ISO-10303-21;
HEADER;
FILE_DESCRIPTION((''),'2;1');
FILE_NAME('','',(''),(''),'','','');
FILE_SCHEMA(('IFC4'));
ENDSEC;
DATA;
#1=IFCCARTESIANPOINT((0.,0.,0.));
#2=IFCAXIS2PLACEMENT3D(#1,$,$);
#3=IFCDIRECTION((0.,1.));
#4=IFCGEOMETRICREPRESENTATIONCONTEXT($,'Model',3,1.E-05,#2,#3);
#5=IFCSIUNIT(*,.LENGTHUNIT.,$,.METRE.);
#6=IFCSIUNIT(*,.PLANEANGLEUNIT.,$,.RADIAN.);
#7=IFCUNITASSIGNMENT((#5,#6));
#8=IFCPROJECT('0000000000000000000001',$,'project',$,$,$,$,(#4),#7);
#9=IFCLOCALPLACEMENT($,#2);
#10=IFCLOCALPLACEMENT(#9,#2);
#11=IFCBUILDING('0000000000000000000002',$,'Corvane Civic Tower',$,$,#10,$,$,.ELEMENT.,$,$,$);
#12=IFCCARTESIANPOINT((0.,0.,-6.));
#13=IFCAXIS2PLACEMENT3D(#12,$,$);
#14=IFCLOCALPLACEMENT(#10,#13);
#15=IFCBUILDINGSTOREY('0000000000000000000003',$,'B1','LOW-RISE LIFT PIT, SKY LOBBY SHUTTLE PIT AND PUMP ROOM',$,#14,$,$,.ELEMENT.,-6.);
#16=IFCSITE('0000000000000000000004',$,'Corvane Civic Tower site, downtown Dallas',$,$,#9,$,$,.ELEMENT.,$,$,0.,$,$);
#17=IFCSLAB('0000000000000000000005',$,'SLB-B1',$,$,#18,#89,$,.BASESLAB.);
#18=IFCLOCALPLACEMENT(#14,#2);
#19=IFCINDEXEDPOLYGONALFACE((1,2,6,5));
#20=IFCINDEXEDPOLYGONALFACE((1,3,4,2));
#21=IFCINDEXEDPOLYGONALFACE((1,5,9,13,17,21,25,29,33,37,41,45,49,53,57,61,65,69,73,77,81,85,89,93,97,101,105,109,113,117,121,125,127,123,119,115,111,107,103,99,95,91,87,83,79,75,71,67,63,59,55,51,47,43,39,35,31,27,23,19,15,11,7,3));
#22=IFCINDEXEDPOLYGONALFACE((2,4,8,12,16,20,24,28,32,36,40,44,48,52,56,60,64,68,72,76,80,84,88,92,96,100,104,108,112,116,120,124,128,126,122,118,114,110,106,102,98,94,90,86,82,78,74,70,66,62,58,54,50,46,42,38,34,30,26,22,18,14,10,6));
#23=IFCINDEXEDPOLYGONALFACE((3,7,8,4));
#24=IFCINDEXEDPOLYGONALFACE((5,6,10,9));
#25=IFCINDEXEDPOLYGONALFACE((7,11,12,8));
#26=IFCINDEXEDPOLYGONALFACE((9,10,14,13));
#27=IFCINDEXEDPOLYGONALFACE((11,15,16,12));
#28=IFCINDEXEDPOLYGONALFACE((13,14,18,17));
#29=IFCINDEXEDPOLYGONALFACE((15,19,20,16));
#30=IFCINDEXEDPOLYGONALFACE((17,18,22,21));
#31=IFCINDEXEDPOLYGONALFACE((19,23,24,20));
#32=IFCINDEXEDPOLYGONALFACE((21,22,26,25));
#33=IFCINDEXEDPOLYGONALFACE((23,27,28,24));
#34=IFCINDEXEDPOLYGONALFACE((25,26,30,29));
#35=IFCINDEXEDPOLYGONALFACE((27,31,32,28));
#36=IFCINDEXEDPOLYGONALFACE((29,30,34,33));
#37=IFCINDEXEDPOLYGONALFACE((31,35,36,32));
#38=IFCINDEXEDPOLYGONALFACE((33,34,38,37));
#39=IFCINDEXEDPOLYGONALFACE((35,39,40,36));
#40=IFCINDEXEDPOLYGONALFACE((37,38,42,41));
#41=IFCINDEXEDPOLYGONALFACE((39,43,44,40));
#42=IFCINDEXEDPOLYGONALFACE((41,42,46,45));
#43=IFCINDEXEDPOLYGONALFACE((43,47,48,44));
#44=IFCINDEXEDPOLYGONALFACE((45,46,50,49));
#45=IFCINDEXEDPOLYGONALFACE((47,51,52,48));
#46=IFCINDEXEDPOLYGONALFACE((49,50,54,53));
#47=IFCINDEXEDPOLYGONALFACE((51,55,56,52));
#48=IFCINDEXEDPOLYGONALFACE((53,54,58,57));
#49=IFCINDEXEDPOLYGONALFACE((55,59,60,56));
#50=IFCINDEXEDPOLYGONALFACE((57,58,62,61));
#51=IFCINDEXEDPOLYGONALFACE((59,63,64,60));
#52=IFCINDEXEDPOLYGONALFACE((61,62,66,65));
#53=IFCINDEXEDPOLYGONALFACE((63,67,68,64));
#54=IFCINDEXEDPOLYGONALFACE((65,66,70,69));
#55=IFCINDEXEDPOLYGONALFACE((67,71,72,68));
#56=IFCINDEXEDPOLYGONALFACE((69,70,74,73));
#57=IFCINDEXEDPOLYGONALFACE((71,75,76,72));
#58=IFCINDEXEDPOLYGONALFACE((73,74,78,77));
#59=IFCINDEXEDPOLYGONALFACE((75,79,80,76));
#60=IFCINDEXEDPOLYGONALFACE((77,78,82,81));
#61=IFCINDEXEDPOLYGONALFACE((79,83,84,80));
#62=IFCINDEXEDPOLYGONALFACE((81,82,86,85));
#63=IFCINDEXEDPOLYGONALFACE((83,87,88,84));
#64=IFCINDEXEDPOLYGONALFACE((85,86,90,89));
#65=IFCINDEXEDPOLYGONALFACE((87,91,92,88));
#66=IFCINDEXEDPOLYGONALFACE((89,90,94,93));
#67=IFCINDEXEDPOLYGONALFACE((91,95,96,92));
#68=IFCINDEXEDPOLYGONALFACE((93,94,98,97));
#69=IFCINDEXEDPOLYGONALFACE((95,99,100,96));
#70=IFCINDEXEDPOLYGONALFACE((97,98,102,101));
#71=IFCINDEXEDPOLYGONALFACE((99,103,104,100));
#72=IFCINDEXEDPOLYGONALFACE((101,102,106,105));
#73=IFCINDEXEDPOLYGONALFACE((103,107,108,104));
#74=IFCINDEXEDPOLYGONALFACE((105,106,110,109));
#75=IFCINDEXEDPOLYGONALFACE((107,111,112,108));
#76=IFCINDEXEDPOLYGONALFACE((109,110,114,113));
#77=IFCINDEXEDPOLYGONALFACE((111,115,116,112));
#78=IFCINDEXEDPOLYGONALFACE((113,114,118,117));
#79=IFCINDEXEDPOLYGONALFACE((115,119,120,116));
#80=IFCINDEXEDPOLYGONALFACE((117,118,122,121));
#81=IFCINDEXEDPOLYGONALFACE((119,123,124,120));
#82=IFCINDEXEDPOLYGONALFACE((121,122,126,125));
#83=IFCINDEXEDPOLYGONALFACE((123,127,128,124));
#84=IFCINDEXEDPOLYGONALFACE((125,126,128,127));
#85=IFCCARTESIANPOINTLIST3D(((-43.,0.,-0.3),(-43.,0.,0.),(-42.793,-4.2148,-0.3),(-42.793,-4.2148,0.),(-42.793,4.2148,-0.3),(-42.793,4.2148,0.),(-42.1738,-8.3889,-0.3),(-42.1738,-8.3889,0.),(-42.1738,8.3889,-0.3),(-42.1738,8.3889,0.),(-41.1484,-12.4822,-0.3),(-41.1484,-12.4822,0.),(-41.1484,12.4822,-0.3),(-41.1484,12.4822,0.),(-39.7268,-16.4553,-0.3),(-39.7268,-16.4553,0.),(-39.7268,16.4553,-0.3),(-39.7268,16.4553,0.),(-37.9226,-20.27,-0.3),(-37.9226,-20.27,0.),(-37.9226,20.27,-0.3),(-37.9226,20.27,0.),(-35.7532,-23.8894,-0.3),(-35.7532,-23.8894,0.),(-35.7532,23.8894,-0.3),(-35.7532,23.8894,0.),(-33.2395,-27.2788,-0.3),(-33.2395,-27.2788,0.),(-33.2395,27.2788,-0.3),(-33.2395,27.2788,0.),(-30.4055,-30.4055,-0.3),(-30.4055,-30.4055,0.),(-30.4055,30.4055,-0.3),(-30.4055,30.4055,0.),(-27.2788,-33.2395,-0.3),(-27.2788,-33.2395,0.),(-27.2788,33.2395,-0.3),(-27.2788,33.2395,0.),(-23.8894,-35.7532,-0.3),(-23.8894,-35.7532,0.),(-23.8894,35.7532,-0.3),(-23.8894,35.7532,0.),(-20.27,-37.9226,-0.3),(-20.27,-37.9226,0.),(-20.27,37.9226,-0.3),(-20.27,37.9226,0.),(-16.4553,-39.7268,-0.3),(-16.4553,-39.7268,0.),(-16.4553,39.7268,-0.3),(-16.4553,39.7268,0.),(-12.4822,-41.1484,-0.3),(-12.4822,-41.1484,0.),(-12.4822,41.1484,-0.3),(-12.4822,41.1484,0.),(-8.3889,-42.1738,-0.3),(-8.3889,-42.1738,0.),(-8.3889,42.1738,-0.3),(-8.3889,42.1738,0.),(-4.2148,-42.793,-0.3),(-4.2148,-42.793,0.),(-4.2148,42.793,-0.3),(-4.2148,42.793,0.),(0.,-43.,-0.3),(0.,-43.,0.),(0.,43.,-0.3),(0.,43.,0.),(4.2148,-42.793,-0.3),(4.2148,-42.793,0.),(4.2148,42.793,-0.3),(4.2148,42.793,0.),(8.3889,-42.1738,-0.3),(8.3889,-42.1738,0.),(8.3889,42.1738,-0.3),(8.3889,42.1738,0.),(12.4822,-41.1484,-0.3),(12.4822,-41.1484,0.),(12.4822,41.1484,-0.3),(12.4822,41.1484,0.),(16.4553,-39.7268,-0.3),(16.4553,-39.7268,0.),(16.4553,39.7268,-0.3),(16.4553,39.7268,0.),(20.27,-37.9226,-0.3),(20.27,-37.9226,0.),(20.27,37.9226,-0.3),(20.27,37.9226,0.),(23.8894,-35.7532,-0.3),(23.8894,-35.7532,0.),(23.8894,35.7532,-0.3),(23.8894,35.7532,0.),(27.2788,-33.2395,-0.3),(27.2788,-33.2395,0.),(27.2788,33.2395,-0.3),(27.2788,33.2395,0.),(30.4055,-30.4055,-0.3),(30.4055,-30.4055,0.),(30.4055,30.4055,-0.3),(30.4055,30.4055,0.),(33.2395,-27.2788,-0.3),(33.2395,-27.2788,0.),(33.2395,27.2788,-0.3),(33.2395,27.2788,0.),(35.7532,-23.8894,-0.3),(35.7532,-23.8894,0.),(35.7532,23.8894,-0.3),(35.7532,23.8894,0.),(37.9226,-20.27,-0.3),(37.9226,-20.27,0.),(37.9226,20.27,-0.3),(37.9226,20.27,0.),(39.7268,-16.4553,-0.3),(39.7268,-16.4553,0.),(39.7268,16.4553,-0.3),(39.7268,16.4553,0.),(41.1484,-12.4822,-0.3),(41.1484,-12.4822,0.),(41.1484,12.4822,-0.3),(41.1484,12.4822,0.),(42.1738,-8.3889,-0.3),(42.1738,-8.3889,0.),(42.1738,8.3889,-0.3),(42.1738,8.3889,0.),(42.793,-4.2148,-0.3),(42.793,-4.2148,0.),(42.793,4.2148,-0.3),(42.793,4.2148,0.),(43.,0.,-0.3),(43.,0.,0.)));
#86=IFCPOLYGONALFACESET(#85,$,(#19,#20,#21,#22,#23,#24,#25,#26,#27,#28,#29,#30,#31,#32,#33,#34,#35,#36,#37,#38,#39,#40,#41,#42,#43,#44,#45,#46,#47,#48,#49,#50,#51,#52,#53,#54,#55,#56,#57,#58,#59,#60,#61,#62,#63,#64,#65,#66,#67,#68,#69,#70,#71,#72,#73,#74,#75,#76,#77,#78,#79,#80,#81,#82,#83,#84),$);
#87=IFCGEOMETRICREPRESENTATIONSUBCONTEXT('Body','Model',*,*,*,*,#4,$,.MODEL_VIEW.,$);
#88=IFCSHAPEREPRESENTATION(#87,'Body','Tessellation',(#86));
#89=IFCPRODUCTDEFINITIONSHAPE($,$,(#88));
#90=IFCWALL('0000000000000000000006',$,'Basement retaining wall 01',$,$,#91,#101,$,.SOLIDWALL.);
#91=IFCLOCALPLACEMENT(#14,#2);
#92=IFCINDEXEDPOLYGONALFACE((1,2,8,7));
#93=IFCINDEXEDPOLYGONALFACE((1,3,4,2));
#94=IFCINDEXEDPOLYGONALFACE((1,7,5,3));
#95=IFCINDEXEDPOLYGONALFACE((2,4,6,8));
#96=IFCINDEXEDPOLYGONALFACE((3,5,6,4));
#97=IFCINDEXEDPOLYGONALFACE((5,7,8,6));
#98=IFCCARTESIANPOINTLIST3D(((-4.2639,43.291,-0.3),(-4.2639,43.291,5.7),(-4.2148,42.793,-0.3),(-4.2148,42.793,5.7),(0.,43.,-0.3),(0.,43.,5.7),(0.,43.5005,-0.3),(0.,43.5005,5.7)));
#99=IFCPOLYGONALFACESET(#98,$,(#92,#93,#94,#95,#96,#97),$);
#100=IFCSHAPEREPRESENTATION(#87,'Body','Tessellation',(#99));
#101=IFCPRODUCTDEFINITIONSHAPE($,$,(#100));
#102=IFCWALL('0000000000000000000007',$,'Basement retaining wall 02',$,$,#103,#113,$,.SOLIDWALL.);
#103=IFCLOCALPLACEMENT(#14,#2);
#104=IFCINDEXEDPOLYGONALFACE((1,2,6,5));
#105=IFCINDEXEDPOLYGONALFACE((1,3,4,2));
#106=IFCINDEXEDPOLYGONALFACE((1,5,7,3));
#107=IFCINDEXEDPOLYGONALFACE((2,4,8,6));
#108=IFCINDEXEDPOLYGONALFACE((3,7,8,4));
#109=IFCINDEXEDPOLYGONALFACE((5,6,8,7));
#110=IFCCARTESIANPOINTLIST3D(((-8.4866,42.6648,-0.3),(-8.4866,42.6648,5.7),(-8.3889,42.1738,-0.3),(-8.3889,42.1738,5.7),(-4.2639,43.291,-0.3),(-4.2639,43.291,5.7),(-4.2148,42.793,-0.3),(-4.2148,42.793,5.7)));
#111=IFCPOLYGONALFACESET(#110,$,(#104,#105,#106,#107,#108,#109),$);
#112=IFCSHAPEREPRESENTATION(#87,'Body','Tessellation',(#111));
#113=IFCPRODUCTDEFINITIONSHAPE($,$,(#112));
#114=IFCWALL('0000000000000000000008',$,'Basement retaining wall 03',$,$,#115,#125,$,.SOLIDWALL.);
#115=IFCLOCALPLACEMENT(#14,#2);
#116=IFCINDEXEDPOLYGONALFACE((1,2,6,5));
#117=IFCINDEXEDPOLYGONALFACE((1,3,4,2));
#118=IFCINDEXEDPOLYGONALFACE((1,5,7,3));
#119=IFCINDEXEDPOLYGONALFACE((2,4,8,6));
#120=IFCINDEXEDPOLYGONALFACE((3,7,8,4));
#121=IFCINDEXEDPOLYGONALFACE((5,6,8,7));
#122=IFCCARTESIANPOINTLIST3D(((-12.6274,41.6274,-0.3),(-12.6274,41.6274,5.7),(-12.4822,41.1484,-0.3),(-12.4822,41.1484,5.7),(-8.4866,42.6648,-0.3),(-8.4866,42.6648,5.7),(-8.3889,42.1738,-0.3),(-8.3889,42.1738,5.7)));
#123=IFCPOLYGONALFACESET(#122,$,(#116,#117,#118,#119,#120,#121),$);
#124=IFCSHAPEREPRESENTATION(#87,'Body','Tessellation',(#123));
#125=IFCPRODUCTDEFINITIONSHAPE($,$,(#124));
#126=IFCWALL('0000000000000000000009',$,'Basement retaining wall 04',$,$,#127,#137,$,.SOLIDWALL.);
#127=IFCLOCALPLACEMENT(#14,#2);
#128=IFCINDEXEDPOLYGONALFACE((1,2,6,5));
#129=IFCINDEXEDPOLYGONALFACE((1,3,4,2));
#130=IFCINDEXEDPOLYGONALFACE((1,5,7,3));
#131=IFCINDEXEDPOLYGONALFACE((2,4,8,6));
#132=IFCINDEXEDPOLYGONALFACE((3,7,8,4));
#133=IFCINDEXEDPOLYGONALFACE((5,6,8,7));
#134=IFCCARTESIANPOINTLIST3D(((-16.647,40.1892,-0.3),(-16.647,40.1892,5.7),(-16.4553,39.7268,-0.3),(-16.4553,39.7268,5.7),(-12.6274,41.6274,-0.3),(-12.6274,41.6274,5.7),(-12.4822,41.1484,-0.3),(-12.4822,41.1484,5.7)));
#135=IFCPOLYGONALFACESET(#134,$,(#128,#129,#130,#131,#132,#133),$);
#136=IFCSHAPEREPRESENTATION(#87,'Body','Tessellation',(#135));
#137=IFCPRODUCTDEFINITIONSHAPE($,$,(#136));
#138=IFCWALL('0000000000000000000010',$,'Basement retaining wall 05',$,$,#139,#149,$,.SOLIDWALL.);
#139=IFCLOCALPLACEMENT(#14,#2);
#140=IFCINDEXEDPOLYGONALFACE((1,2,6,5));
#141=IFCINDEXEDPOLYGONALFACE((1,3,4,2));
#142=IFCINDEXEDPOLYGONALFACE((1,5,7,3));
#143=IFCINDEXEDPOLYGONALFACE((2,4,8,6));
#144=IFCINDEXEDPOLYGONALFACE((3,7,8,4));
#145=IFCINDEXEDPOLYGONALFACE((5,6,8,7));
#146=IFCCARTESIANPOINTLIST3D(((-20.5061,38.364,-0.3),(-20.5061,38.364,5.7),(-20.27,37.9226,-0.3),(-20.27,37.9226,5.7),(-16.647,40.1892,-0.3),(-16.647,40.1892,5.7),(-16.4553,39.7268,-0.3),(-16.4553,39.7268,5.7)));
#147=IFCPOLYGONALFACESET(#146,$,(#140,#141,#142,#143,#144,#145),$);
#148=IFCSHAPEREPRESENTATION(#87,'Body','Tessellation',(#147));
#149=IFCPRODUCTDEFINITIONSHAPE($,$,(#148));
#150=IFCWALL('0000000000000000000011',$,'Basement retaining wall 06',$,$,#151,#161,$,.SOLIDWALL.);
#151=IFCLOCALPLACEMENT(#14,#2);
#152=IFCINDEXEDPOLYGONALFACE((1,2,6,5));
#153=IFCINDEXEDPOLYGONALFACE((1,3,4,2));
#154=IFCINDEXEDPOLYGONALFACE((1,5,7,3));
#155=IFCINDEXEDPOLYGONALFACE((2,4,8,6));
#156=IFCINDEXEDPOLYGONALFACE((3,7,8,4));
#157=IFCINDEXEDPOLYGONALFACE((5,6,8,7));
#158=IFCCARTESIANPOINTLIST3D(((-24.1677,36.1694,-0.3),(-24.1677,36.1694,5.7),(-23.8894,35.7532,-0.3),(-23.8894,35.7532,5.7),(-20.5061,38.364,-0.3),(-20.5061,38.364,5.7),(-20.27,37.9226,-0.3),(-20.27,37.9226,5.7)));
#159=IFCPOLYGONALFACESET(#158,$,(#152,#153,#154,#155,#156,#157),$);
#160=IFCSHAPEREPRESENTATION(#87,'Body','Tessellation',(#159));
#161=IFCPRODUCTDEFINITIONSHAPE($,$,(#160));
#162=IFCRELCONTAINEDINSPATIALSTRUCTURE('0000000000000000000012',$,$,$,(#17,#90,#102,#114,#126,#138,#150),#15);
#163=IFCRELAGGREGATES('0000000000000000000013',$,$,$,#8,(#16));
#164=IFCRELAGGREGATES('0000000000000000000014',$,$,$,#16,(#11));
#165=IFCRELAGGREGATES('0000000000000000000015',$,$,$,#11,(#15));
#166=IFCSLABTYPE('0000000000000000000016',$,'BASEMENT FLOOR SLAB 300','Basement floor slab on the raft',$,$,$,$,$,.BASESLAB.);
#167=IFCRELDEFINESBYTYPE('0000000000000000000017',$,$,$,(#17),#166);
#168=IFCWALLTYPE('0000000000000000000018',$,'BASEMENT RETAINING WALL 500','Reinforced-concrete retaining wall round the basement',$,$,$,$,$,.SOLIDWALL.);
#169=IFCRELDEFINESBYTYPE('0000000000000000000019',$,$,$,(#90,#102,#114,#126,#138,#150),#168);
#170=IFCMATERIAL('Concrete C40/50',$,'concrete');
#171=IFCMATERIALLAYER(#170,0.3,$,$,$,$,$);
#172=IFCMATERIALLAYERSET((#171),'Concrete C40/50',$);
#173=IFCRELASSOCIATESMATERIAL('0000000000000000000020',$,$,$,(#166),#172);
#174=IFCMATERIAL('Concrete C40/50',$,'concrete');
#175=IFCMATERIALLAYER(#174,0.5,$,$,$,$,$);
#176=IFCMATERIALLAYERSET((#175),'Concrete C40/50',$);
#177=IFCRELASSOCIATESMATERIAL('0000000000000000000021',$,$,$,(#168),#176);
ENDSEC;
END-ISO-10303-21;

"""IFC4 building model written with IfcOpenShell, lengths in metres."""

from ifc_helpers import new_model, si_unit, direction, frame, origin, place, context, subcontext, project, spatial, polyline, outline, extrude, material, layer, layer_set, type_object, element, save


model = new_model("IFC4")

# Units and contexts
model_context = context("Model", 3, precision=1e-05, world=origin(), true_north=direction((0.0, 1.0)))
body_context = subcontext(model_context, "Body", "Model", "MODEL_VIEW")
ifc_project = project(units=[si_unit("LENGTHUNIT", "METRE"), si_unit("PLANEANGLEUNIT", "RADIAN")], contexts=[model_context])

# Site, building, storey
site_placement = place(None, origin())
site = spatial("IfcSite", under=ifc_project, at=site_placement, Name="Corvane Civic Tower site, downtown Dallas", CompositionType="ELEMENT", RefElevation=0.0)
building_placement = place(site_placement, origin())
building = spatial("IfcBuilding", under=site, at=building_placement, Name="Corvane Civic Tower", CompositionType="ELEMENT")
storey_placement = place(building_placement, frame((0.0, 0.0, -6.0)))
storey = spatial("IfcBuildingStorey", under=building, at=storey_placement, Name="B1", Description="LOW-RISE LIFT PIT, SKY LOBBY SHUTTLE PIT AND PUMP ROOM", CompositionType="ELEMENT", Elevation=-6.0)

# Slab
ifc_material_1 = material(Name="Concrete C40/50", Category="concrete")
ifc_layer_1 = layer(ifc_material_1, 0.3)
ifc_layer_set_1 = layer_set([ifc_layer_1], Name="Concrete C40/50")
slab_type = type_object("IfcSlabType", Name="BASEMENT FLOOR SLAB 300", Description="Basement floor slab on the raft", PredefinedType="BASESLAB", material=ifc_layer_set_1)
slab_placement = place(storey_placement, frame((0.0, 0.0, -0.3)))
element("IfcSlab", 1, at=slab_placement, inside=storey, type_object=slab_type, Name="SLB-B1", PredefinedType="BASESLAB", context=body_context, shape_type="SweptSolid", body=[
    extrude(outline(polyline([(0.0, 43.0), (-4.2148, 42.793), (-8.3889, 42.1738), (-12.4822, 41.1484), (-16.4553, 39.7268), (-20.27, 37.9226), (-23.8894, 35.7532), (-27.2788, 33.2395), (-30.4055, 30.4055), (-33.2395, 27.2788), (-35.7532, 23.8894), (-37.9226, 20.27), (-39.7268, 16.4553), (-41.1484, 12.4822), (-42.1738, 8.3889), (-42.793, 4.2148), (-43.0, 0.0), (-42.793, -4.2148), (-42.1738, -8.3889), (-41.1484, -12.4822), (-39.7268, -16.4553), (-37.9226, -20.27), (-35.7532, -23.8894), (-33.2395, -27.2788), (-30.4055, -30.4055), (-27.2788, -33.2395), (-23.8894, -35.7532), (-20.27, -37.9226), (-16.4553, -39.7268), (-12.4822, -41.1484), (-8.3889, -42.1738), (-4.2148, -42.793), (0.0, -43.0), (4.2148, -42.793), (8.3889, -42.1738), (12.4822, -41.1484), (16.4553, -39.7268), (20.27, -37.9226), (23.8894, -35.7532), (27.2788, -33.2395), (30.4055, -30.4055), (33.2395, -27.2788), (35.7532, -23.8894), (37.9226, -20.27), (39.7268, -16.4553), (41.1484, -12.4822), (42.1738, -8.3889), (42.793, -4.2148), (43.0, 0.0), (42.793, 4.2148), (42.1738, 8.3889), (41.1484, 12.4822), (39.7268, 16.4553), (37.9226, 20.27), (35.7532, 23.8894), (33.2395, 27.2788), (30.4055, 30.4055), (27.2788, 33.2395), (23.8894, 35.7532), (20.27, 37.9226), (16.4553, 39.7268), (12.4822, 41.1484), (8.3889, 42.1738), (4.2148, 42.793), (0.0, 43.0)])), origin(), (0.0, 0.0, 1.0), 0.3),
])

# Walls
ifc_material_2 = material(Name="Concrete C40/50", Category="concrete")
ifc_layer_2 = layer(ifc_material_2, 0.5)
ifc_layer_set_2 = layer_set([ifc_layer_2], Name="Concrete C40/50")
wall_type_1 = type_object("IfcWallType", Name="BASEMENT RETAINING WALL 500", Description="Reinforced-concrete retaining wall round the basement", PredefinedType="SOLIDWALL", material=ifc_layer_set_2)
wall_1_placement = place(storey_placement, frame((0.0, 0.0, -0.3)))
element("IfcWall", 2, at=wall_1_placement, inside=storey, type_object=wall_type_1, Name="Basement retaining wall 01", PredefinedType="SOLIDWALL", context=body_context, shape_type="SweptSolid", body=[
    extrude(outline(polyline([(0.0, 43.0), (-4.2148, 42.793), (-4.2639, 43.291), (0.0, 43.5005), (0.0, 43.0)])), origin(), (0.0, 0.0, 1.0), 6.0),
])
wall_2_placement = place(storey_placement, frame((0.0, 0.0, -0.3)))
element("IfcWall", 3, at=wall_2_placement, inside=storey, type_object=wall_type_1, Name="Basement retaining wall 02", PredefinedType="SOLIDWALL", context=body_context, shape_type="SweptSolid", body=[
    extrude(outline(polyline([(-4.2148, 42.793), (-8.3889, 42.1738), (-8.4866, 42.6648), (-4.2639, 43.291), (-4.2148, 42.793)])), origin(), (0.0, 0.0, 1.0), 6.0),
])
wall_3_placement = place(storey_placement, frame((0.0, 0.0, -0.3)))
element("IfcWall", 4, at=wall_3_placement, inside=storey, type_object=wall_type_1, Name="Basement retaining wall 03", PredefinedType="SOLIDWALL", context=body_context, shape_type="SweptSolid", body=[
    extrude(outline(polyline([(-8.3889, 42.1738), (-12.4822, 41.1484), (-12.6274, 41.6274), (-8.4866, 42.6648), (-8.3889, 42.1738)])), origin(), (0.0, 0.0, 1.0), 6.0),
])
wall_4_placement = place(storey_placement, frame((0.0, 0.0, -0.3)))
element("IfcWall", 5, at=wall_4_placement, inside=storey, type_object=wall_type_1, Name="Basement retaining wall 04", PredefinedType="SOLIDWALL", context=body_context, shape_type="SweptSolid", body=[
    extrude(outline(polyline([(-12.4822, 41.1484), (-16.4553, 39.7268), (-16.647, 40.1892), (-12.6274, 41.6274), (-12.4822, 41.1484)])), origin(), (0.0, 0.0, 1.0), 6.0),
])
wall_5_placement = place(storey_placement, frame((0.0, 0.0, -0.3)))
element("IfcWall", 6, at=wall_5_placement, inside=storey, type_object=wall_type_1, Name="Basement retaining wall 05", PredefinedType="SOLIDWALL", context=body_context, shape_type="SweptSolid", body=[
    extrude(outline(polyline([(-16.4553, 39.7268), (-20.27, 37.9226), (-20.5061, 38.364), (-16.647, 40.1892), (-16.4553, 39.7268)])), origin(), (0.0, 0.0, 1.0), 6.0),
])
wall_6_placement = place(storey_placement, frame((0.0, 0.0, -0.3)))
element("IfcWall", 7, at=wall_6_placement, inside=storey, type_object=wall_type_1, Name="Basement retaining wall 06", PredefinedType="SOLIDWALL", context=body_context, shape_type="SweptSolid", body=[
    extrude(outline(polyline([(-20.27, 37.9226), (-23.8894, 35.7532), (-24.1677, 36.1694), (-20.5061, 38.364), (-20.27, 37.9226)])), origin(), (0.0, 0.0, 1.0), 6.0),
])

save(model, "model.ifc")
